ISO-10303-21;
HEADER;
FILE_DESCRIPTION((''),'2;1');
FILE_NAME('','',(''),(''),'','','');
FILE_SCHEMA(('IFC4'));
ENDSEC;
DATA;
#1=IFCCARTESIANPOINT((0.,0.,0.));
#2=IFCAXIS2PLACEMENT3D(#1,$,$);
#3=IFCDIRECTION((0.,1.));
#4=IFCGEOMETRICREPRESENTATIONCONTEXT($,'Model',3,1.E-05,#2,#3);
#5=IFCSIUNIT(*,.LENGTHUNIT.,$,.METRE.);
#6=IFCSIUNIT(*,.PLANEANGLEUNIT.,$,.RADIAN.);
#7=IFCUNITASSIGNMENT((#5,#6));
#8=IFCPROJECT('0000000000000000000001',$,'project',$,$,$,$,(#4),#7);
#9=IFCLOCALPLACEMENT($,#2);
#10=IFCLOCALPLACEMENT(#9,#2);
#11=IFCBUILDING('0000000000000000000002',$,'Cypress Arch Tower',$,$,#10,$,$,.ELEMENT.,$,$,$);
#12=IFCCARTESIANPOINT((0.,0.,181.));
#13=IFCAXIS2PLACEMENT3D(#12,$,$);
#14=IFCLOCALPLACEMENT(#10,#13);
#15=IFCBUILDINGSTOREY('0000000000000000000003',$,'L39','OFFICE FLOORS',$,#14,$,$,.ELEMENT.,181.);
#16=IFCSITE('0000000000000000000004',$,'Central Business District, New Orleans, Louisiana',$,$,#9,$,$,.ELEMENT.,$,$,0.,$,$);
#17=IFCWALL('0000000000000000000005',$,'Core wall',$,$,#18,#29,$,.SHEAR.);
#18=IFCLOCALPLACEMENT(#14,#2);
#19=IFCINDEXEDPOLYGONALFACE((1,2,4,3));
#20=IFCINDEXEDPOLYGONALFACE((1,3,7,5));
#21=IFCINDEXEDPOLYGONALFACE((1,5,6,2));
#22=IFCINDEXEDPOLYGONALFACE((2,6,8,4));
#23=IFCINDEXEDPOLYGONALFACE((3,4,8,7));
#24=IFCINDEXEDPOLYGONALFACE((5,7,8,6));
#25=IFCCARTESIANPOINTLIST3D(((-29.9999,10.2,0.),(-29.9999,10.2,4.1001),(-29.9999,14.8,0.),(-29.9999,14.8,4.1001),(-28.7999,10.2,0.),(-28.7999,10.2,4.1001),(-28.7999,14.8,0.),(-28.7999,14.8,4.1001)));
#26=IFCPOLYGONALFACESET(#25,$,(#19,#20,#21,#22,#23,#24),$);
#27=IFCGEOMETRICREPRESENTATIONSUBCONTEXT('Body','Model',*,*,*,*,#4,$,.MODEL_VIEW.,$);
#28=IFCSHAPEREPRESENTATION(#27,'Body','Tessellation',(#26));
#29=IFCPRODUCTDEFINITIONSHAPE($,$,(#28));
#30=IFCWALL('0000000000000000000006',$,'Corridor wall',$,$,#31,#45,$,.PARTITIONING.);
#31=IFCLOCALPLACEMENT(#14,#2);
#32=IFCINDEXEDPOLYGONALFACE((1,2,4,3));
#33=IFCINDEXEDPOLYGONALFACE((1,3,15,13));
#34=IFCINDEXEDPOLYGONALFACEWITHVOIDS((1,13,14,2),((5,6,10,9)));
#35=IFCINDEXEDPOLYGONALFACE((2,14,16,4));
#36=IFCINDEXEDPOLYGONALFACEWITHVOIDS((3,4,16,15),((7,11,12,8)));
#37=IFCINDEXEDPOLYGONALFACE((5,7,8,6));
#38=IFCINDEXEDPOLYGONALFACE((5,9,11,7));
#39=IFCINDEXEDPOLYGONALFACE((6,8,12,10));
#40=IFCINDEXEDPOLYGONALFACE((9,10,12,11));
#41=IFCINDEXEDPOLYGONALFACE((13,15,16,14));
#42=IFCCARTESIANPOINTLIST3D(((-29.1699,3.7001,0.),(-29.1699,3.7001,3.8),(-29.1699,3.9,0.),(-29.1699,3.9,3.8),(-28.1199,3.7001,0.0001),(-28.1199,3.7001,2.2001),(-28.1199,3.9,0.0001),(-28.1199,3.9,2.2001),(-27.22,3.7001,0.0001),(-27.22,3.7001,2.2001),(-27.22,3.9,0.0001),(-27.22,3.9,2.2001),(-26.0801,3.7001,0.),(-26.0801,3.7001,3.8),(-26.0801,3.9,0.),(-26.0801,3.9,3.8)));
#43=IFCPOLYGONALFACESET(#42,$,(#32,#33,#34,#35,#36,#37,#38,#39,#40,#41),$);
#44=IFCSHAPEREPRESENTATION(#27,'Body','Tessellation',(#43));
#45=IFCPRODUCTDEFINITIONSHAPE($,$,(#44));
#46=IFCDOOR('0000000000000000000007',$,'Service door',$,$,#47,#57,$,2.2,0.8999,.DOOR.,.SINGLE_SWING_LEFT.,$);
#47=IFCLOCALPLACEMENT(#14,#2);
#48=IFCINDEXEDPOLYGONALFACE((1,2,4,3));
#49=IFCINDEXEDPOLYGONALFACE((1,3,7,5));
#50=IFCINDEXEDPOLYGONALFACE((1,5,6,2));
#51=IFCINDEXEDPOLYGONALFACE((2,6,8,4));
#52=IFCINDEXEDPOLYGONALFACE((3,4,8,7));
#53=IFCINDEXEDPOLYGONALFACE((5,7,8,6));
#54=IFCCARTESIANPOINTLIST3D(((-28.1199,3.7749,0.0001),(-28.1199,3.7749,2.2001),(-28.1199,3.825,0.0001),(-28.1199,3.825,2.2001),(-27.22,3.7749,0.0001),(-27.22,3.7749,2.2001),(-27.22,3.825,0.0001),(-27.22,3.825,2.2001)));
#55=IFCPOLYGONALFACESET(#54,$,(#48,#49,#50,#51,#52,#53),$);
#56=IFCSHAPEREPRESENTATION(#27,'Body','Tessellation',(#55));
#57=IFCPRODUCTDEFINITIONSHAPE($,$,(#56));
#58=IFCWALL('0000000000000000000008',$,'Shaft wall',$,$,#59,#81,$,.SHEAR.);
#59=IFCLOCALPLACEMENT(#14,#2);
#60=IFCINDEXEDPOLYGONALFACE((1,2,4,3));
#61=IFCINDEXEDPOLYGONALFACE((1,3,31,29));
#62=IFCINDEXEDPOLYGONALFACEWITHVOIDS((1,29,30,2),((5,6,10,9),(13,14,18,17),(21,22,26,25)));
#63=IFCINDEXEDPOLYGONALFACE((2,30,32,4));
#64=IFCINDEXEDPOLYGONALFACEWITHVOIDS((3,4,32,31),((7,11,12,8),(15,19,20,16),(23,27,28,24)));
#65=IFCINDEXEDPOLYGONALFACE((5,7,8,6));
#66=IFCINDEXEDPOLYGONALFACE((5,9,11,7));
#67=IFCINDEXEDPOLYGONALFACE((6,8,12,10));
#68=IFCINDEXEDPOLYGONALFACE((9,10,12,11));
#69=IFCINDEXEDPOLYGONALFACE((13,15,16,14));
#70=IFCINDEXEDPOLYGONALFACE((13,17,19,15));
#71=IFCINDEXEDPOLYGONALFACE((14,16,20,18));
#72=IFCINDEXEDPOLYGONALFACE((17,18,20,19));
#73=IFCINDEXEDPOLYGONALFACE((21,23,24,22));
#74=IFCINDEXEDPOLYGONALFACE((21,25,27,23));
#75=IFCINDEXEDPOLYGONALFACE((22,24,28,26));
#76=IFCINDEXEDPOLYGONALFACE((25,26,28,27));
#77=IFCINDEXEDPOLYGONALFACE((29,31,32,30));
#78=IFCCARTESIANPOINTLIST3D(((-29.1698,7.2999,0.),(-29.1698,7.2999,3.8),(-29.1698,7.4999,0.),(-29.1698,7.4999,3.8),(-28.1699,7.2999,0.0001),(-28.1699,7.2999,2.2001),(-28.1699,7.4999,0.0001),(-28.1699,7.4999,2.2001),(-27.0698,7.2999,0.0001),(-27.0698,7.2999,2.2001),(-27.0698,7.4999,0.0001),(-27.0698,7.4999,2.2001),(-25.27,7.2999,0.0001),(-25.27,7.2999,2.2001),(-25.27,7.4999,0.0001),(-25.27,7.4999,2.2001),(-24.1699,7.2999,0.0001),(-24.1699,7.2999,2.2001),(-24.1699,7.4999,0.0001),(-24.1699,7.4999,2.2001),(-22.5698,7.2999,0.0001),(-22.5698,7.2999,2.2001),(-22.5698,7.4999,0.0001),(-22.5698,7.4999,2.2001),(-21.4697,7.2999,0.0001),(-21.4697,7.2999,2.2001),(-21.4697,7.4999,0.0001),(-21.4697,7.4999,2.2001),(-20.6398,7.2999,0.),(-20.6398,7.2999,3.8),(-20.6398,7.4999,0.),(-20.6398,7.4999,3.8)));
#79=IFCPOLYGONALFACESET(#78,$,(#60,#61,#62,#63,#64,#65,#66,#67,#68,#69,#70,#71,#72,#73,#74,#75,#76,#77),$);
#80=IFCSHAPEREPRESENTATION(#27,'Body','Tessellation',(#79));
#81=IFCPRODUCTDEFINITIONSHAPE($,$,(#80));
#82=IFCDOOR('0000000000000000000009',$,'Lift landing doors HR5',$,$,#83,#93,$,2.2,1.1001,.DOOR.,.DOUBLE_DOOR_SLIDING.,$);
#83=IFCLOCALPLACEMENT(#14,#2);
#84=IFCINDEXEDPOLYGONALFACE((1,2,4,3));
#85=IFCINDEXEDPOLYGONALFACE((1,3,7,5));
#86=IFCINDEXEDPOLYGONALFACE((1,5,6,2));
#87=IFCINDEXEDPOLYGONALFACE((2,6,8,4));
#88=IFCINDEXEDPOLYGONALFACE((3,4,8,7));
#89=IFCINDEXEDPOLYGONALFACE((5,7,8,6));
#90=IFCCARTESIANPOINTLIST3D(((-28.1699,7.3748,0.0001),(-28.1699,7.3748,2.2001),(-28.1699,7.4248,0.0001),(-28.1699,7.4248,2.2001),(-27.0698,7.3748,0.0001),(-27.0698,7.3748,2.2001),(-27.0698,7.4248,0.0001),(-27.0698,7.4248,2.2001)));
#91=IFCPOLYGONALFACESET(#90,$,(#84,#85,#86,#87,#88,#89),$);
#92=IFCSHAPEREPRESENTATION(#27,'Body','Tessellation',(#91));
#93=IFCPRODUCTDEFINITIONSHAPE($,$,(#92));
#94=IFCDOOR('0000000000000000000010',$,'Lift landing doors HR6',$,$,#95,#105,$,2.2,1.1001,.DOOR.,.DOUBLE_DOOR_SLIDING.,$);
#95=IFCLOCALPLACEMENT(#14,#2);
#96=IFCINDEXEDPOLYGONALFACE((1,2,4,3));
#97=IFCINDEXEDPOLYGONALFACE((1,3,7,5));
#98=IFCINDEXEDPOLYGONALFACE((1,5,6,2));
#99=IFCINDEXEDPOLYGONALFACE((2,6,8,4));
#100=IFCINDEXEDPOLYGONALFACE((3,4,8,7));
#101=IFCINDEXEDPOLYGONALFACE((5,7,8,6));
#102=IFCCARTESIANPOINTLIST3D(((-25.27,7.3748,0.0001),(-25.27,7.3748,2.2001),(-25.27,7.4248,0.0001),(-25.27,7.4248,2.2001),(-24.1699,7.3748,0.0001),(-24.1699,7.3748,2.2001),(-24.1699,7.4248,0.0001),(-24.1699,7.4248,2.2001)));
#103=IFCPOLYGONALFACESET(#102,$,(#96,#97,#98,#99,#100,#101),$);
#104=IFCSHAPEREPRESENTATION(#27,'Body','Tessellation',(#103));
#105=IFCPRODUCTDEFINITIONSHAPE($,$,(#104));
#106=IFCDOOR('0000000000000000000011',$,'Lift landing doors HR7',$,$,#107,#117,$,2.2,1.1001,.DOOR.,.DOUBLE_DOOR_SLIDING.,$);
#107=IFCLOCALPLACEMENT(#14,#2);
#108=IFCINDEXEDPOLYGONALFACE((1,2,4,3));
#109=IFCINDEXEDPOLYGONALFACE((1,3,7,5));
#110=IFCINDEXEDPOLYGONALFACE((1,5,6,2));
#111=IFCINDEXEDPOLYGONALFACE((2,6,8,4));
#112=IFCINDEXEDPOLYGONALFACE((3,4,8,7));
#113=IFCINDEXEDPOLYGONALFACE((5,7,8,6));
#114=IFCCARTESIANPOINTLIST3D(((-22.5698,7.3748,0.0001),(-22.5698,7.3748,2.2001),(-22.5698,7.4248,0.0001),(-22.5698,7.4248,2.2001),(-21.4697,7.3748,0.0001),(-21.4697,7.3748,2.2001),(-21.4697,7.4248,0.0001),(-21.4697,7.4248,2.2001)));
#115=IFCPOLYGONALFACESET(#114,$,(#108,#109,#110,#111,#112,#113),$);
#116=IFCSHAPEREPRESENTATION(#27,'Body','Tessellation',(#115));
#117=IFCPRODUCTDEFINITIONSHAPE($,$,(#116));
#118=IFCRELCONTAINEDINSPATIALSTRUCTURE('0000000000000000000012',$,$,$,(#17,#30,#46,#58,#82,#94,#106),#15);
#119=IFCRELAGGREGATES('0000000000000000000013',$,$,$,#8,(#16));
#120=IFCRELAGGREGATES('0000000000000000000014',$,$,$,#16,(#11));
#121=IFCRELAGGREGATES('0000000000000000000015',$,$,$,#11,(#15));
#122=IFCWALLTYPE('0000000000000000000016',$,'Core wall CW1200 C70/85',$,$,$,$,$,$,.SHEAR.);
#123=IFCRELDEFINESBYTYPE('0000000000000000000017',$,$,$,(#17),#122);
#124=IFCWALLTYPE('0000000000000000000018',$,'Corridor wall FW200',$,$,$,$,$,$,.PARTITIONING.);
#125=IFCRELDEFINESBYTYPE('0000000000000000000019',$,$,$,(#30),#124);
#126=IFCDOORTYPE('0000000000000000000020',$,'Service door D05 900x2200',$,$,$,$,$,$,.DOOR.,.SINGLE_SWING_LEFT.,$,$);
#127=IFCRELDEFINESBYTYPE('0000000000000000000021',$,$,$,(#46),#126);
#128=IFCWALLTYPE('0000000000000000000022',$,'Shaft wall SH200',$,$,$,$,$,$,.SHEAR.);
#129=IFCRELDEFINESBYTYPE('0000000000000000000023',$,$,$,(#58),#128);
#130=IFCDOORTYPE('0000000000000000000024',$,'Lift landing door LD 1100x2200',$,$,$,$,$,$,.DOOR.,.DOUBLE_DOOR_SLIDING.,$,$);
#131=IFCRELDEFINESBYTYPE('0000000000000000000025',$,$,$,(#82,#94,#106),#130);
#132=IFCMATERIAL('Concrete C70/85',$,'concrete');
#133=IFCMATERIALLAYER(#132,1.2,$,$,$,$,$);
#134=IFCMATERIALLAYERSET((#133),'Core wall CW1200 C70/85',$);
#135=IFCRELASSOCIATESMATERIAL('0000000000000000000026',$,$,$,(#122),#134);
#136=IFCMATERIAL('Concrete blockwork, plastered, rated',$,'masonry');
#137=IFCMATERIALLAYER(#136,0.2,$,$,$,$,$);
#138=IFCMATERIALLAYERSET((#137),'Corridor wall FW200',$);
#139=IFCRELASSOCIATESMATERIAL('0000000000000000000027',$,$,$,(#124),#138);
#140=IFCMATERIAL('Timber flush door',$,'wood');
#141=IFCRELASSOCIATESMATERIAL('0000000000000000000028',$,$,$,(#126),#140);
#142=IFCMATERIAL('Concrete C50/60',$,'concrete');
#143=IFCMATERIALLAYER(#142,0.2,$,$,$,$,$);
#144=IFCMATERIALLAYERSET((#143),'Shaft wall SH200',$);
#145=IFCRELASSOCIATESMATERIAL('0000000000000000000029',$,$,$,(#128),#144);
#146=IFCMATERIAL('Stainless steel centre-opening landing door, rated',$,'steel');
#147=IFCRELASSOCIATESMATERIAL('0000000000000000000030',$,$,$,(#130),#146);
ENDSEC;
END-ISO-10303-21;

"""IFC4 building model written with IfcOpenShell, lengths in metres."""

from ifc_helpers import new_model, si_unit, direction, frame, frame_2d, origin, place, context, subcontext, project, spatial, rectangle, extrude, material, layer, layer_set, type_object, element, fill, save


model = new_model("IFC4")

# Units and contexts
model_context = context("Model", 3, precision=1e-05, world=origin(), true_north=direction((0.0, 1.0)))
body_context = subcontext(model_context, "Body", "Model", "MODEL_VIEW")
ifc_project = project(units=[si_unit("LENGTHUNIT", "METRE"), si_unit("PLANEANGLEUNIT", "RADIAN")], contexts=[model_context])

# Site, building, storey
site_placement = place(None, origin())
site = spatial("IfcSite", under=ifc_project, at=site_placement, Name="Central Business District, New Orleans, Louisiana", CompositionType="ELEMENT", RefElevation=0.0)
building_placement = place(site_placement, origin())
building = spatial("IfcBuilding", under=site, at=building_placement, Name="Cypress Arch Tower", CompositionType="ELEMENT")
storey_placement = place(building_placement, frame((0.0, 0.0, 181.0)))
storey = spatial("IfcBuildingStorey", under=building, at=storey_placement, Name="L39", Description="OFFICE FLOORS", CompositionType="ELEMENT", Elevation=181.0)

# Wall
ifc_material_1 = material(Name="Concrete C70/85", Category="concrete")
ifc_layer_1 = layer(ifc_material_1, 1.2)
ifc_layer_set_1 = layer_set([ifc_layer_1], Name="Core wall CW1200 C70/85")
wall_type_1 = type_object("IfcWallType", Name="Core wall CW1200 C70/85", PredefinedType="SHEAR", material=ifc_layer_set_1)
wall_1_placement = place(storey_placement, frame((-29.3999, 10.2, 0.0), z_axis=(0.0, 0.0, 1.0), x_axis=(0.0, 1.0, 0.0)))
element("IfcWall", 1, at=wall_1_placement, inside=storey, type_object=wall_type_1, Name="Core wall", PredefinedType="SHEAR", context=body_context, shape_type="SweptSolid", body=[
    extrude(rectangle(XDim=4.6001, YDim=1.2, at=frame_2d((2.3, 0.0))), origin(), (0.0, 0.0, 1.0), 4.1001),
])

# Wall, opening, door
ifc_material_2 = material(Name="Concrete blockwork, plastered, rated", Category="masonry")
ifc_layer_2 = layer(ifc_material_2, 0.2)
ifc_layer_set_2 = layer_set([ifc_layer_2], Name="Corridor wall FW200")
wall_type_2 = type_object("IfcWallType", Name="Corridor wall FW200", PredefinedType="PARTITIONING", material=ifc_layer_set_2)
wall_2_placement = place(storey_placement, frame((-29.1699, 3.8, 0.0), z_axis=(0.0, 0.0, 1.0), x_axis=(1.0, 0.0, 0.0)))
wall_2 = element("IfcWall", 2, at=wall_2_placement, inside=storey, type_object=wall_type_2, Name="Corridor wall", PredefinedType="PARTITIONING", context=body_context, shape_type="SweptSolid", body=[
    extrude(rectangle(XDim=3.0898, YDim=0.2, at=frame_2d((1.5449, 0.0))), origin(), (0.0, 0.0, 1.0), 3.8),
])
opening_1_placement = place(wall_2_placement, frame((1.05, 0.0, 0.0)))
opening_1 = element("IfcOpeningElement", 3, at=opening_1_placement, cuts=wall_2, PredefinedType="OPENING", context=body_context, shape_type="SweptSolid", body=[
    extrude(rectangle(XDim=0.8999, YDim=2.2, at=frame_2d((0.45, 1.1001))), frame((0.0, 0.1099, 0.0), z_axis=(0.0, -1.0, 0.0), x_axis=(1.0, 0.0, 0.0)), (0.0, 0.0, 1.0), 0.22),
])
ifc_material_3 = material(Name="Timber flush door", Category="wood")
door_type_1 = type_object("IfcDoorType", Name="Service door D05 900x2200", OperationType="SINGLE_SWING_LEFT", PredefinedType="DOOR", material=ifc_material_3)
door_1_placement = place(opening_1_placement, origin())
door_1 = element("IfcDoor", 4, at=door_1_placement, inside=storey, type_object=door_type_1, Name="Service door", OperationType="SINGLE_SWING_LEFT", OverallHeight=2.2, OverallWidth=0.8999, PredefinedType="DOOR", context=body_context, shape_type="SweptSolid", body=[
    extrude(rectangle(XDim=0.8999, YDim=2.2, at=frame_2d((0.45, 1.1001))), frame((0.0, 0.0249, 0.0), z_axis=(0.0, -1.0, 0.0), x_axis=(1.0, 0.0, 0.0)), (0.0, 0.0, 1.0), 0.05),
])
fill(opening_1, door_1)

# Wall, openings, doors
ifc_material_4 = material(Name="Concrete C50/60", Category="concrete")
ifc_layer_3 = layer(ifc_material_4, 0.2)
ifc_layer_set_3 = layer_set([ifc_layer_3], Name="Shaft wall SH200")
wall_type_3 = type_object("IfcWallType", Name="Shaft wall SH200", PredefinedType="SHEAR", material=ifc_layer_set_3)
wall_3_placement = place(storey_placement, frame((-29.1699, 7.3999, 0.0), z_axis=(0.0, 0.0, 1.0), x_axis=(1.0, 0.0, 0.0)))
wall_3 = element("IfcWall", 5, at=wall_3_placement, inside=storey, type_object=wall_type_3, Name="Shaft wall", PredefinedType="SHEAR", context=body_context, shape_type="SweptSolid", body=[
    extrude(rectangle(XDim=8.53, YDim=0.2, at=frame_2d((4.2651, 0.0))), origin(), (0.0, 0.0, 1.0), 3.8),
])
opening_2_placement = place(wall_3_placement, frame((1.0, 0.0, 0.0)))
opening_2 = element("IfcOpeningElement", 6, at=opening_2_placement, cuts=wall_3, PredefinedType="OPENING", context=body_context, shape_type="SweptSolid", body=[
    extrude(rectangle(XDim=1.1001, YDim=2.2, at=frame_2d((0.55, 1.1001))), frame((0.0, 0.1099, 0.0), z_axis=(0.0, -1.0, 0.0), x_axis=(1.0, 0.0, 0.0)), (0.0, 0.0, 1.0), 0.22),
])
opening_3_placement = place(wall_3_placement, frame((3.8999, 0.0, 0.0)))
opening_3 = element("IfcOpeningElement", 7, at=opening_3_placement, cuts=wall_3, PredefinedType="OPENING", context=body_context, shape_type="SweptSolid", body=[
    extrude(rectangle(XDim=1.1001, YDim=2.2, at=frame_2d((0.55, 1.1001))), frame((0.0, 0.1099, 0.0), z_axis=(0.0, -1.0, 0.0), x_axis=(1.0, 0.0, 0.0)), (0.0, 0.0, 1.0), 0.22),
])
opening_4_placement = place(wall_3_placement, frame((6.6001, 0.0, 0.0)))
opening_4 = element("IfcOpeningElement", 8, at=opening_4_placement, cuts=wall_3, PredefinedType="OPENING", context=body_context, shape_type="SweptSolid", body=[
    extrude(rectangle(XDim=1.1001, YDim=2.2, at=frame_2d((0.55, 1.1001))), frame((0.0, 0.1099, 0.0), z_axis=(0.0, -1.0, 0.0), x_axis=(1.0, 0.0, 0.0)), (0.0, 0.0, 1.0), 0.22),
])
ifc_material_5 = material(Name="Stainless steel centre-opening landing door, rated", Category="steel")
door_type_2 = type_object("IfcDoorType", Name="Lift landing door LD 1100x2200", OperationType="DOUBLE_DOOR_SLIDING", PredefinedType="DOOR", material=ifc_material_5)
door_2_placement = place(opening_2_placement, origin())
door_2 = element("IfcDoor", 9, at=door_2_placement, inside=storey, type_object=door_type_2, Name="Lift landing doors HR5", OperationType="DOUBLE_DOOR_SLIDING", OverallHeight=2.2, OverallWidth=1.1001, PredefinedType="DOOR", context=body_context, shape_type="SweptSolid", body=[
    extrude(rectangle(XDim=1.1001, YDim=2.2, at=frame_2d((0.55, 1.1001))), frame((0.0, 0.0249, 0.0), z_axis=(0.0, -1.0, 0.0), x_axis=(1.0, 0.0, 0.0)), (0.0, 0.0, 1.0), 0.05),
])
fill(opening_2, door_2)
door_3_placement = place(opening_3_placement, origin())
door_3 = element("IfcDoor", 10, at=door_3_placement, inside=storey, type_object=door_type_2, Name="Lift landing doors HR6", OperationType="DOUBLE_DOOR_SLIDING", OverallHeight=2.2, OverallWidth=1.1001, PredefinedType="DOOR", context=body_context, shape_type="SweptSolid", body=[
    extrude(rectangle(XDim=1.1001, YDim=2.2, at=frame_2d((0.55, 1.1001))), frame((0.0, 0.0249, 0.0), z_axis=(0.0, -1.0, 0.0), x_axis=(1.0, 0.0, 0.0)), (0.0, 0.0, 1.0), 0.05),
])
fill(opening_3, door_3)
door_4_placement = place(opening_4_placement, origin())
door_4 = element("IfcDoor", 11, at=door_4_placement, inside=storey, type_object=door_type_2, Name="Lift landing doors HR7", OperationType="DOUBLE_DOOR_SLIDING", OverallHeight=2.2, OverallWidth=1.1001, PredefinedType="DOOR", context=body_context, shape_type="SweptSolid", body=[
    extrude(rectangle(XDim=1.1001, YDim=2.2, at=frame_2d((0.55, 1.1001))), frame((0.0, 0.0249, 0.0), z_axis=(0.0, -1.0, 0.0), x_axis=(1.0, 0.0, 0.0)), (0.0, 0.0, 1.0), 0.05),
])
fill(opening_4, door_4)

save(model, "model.ifc")
